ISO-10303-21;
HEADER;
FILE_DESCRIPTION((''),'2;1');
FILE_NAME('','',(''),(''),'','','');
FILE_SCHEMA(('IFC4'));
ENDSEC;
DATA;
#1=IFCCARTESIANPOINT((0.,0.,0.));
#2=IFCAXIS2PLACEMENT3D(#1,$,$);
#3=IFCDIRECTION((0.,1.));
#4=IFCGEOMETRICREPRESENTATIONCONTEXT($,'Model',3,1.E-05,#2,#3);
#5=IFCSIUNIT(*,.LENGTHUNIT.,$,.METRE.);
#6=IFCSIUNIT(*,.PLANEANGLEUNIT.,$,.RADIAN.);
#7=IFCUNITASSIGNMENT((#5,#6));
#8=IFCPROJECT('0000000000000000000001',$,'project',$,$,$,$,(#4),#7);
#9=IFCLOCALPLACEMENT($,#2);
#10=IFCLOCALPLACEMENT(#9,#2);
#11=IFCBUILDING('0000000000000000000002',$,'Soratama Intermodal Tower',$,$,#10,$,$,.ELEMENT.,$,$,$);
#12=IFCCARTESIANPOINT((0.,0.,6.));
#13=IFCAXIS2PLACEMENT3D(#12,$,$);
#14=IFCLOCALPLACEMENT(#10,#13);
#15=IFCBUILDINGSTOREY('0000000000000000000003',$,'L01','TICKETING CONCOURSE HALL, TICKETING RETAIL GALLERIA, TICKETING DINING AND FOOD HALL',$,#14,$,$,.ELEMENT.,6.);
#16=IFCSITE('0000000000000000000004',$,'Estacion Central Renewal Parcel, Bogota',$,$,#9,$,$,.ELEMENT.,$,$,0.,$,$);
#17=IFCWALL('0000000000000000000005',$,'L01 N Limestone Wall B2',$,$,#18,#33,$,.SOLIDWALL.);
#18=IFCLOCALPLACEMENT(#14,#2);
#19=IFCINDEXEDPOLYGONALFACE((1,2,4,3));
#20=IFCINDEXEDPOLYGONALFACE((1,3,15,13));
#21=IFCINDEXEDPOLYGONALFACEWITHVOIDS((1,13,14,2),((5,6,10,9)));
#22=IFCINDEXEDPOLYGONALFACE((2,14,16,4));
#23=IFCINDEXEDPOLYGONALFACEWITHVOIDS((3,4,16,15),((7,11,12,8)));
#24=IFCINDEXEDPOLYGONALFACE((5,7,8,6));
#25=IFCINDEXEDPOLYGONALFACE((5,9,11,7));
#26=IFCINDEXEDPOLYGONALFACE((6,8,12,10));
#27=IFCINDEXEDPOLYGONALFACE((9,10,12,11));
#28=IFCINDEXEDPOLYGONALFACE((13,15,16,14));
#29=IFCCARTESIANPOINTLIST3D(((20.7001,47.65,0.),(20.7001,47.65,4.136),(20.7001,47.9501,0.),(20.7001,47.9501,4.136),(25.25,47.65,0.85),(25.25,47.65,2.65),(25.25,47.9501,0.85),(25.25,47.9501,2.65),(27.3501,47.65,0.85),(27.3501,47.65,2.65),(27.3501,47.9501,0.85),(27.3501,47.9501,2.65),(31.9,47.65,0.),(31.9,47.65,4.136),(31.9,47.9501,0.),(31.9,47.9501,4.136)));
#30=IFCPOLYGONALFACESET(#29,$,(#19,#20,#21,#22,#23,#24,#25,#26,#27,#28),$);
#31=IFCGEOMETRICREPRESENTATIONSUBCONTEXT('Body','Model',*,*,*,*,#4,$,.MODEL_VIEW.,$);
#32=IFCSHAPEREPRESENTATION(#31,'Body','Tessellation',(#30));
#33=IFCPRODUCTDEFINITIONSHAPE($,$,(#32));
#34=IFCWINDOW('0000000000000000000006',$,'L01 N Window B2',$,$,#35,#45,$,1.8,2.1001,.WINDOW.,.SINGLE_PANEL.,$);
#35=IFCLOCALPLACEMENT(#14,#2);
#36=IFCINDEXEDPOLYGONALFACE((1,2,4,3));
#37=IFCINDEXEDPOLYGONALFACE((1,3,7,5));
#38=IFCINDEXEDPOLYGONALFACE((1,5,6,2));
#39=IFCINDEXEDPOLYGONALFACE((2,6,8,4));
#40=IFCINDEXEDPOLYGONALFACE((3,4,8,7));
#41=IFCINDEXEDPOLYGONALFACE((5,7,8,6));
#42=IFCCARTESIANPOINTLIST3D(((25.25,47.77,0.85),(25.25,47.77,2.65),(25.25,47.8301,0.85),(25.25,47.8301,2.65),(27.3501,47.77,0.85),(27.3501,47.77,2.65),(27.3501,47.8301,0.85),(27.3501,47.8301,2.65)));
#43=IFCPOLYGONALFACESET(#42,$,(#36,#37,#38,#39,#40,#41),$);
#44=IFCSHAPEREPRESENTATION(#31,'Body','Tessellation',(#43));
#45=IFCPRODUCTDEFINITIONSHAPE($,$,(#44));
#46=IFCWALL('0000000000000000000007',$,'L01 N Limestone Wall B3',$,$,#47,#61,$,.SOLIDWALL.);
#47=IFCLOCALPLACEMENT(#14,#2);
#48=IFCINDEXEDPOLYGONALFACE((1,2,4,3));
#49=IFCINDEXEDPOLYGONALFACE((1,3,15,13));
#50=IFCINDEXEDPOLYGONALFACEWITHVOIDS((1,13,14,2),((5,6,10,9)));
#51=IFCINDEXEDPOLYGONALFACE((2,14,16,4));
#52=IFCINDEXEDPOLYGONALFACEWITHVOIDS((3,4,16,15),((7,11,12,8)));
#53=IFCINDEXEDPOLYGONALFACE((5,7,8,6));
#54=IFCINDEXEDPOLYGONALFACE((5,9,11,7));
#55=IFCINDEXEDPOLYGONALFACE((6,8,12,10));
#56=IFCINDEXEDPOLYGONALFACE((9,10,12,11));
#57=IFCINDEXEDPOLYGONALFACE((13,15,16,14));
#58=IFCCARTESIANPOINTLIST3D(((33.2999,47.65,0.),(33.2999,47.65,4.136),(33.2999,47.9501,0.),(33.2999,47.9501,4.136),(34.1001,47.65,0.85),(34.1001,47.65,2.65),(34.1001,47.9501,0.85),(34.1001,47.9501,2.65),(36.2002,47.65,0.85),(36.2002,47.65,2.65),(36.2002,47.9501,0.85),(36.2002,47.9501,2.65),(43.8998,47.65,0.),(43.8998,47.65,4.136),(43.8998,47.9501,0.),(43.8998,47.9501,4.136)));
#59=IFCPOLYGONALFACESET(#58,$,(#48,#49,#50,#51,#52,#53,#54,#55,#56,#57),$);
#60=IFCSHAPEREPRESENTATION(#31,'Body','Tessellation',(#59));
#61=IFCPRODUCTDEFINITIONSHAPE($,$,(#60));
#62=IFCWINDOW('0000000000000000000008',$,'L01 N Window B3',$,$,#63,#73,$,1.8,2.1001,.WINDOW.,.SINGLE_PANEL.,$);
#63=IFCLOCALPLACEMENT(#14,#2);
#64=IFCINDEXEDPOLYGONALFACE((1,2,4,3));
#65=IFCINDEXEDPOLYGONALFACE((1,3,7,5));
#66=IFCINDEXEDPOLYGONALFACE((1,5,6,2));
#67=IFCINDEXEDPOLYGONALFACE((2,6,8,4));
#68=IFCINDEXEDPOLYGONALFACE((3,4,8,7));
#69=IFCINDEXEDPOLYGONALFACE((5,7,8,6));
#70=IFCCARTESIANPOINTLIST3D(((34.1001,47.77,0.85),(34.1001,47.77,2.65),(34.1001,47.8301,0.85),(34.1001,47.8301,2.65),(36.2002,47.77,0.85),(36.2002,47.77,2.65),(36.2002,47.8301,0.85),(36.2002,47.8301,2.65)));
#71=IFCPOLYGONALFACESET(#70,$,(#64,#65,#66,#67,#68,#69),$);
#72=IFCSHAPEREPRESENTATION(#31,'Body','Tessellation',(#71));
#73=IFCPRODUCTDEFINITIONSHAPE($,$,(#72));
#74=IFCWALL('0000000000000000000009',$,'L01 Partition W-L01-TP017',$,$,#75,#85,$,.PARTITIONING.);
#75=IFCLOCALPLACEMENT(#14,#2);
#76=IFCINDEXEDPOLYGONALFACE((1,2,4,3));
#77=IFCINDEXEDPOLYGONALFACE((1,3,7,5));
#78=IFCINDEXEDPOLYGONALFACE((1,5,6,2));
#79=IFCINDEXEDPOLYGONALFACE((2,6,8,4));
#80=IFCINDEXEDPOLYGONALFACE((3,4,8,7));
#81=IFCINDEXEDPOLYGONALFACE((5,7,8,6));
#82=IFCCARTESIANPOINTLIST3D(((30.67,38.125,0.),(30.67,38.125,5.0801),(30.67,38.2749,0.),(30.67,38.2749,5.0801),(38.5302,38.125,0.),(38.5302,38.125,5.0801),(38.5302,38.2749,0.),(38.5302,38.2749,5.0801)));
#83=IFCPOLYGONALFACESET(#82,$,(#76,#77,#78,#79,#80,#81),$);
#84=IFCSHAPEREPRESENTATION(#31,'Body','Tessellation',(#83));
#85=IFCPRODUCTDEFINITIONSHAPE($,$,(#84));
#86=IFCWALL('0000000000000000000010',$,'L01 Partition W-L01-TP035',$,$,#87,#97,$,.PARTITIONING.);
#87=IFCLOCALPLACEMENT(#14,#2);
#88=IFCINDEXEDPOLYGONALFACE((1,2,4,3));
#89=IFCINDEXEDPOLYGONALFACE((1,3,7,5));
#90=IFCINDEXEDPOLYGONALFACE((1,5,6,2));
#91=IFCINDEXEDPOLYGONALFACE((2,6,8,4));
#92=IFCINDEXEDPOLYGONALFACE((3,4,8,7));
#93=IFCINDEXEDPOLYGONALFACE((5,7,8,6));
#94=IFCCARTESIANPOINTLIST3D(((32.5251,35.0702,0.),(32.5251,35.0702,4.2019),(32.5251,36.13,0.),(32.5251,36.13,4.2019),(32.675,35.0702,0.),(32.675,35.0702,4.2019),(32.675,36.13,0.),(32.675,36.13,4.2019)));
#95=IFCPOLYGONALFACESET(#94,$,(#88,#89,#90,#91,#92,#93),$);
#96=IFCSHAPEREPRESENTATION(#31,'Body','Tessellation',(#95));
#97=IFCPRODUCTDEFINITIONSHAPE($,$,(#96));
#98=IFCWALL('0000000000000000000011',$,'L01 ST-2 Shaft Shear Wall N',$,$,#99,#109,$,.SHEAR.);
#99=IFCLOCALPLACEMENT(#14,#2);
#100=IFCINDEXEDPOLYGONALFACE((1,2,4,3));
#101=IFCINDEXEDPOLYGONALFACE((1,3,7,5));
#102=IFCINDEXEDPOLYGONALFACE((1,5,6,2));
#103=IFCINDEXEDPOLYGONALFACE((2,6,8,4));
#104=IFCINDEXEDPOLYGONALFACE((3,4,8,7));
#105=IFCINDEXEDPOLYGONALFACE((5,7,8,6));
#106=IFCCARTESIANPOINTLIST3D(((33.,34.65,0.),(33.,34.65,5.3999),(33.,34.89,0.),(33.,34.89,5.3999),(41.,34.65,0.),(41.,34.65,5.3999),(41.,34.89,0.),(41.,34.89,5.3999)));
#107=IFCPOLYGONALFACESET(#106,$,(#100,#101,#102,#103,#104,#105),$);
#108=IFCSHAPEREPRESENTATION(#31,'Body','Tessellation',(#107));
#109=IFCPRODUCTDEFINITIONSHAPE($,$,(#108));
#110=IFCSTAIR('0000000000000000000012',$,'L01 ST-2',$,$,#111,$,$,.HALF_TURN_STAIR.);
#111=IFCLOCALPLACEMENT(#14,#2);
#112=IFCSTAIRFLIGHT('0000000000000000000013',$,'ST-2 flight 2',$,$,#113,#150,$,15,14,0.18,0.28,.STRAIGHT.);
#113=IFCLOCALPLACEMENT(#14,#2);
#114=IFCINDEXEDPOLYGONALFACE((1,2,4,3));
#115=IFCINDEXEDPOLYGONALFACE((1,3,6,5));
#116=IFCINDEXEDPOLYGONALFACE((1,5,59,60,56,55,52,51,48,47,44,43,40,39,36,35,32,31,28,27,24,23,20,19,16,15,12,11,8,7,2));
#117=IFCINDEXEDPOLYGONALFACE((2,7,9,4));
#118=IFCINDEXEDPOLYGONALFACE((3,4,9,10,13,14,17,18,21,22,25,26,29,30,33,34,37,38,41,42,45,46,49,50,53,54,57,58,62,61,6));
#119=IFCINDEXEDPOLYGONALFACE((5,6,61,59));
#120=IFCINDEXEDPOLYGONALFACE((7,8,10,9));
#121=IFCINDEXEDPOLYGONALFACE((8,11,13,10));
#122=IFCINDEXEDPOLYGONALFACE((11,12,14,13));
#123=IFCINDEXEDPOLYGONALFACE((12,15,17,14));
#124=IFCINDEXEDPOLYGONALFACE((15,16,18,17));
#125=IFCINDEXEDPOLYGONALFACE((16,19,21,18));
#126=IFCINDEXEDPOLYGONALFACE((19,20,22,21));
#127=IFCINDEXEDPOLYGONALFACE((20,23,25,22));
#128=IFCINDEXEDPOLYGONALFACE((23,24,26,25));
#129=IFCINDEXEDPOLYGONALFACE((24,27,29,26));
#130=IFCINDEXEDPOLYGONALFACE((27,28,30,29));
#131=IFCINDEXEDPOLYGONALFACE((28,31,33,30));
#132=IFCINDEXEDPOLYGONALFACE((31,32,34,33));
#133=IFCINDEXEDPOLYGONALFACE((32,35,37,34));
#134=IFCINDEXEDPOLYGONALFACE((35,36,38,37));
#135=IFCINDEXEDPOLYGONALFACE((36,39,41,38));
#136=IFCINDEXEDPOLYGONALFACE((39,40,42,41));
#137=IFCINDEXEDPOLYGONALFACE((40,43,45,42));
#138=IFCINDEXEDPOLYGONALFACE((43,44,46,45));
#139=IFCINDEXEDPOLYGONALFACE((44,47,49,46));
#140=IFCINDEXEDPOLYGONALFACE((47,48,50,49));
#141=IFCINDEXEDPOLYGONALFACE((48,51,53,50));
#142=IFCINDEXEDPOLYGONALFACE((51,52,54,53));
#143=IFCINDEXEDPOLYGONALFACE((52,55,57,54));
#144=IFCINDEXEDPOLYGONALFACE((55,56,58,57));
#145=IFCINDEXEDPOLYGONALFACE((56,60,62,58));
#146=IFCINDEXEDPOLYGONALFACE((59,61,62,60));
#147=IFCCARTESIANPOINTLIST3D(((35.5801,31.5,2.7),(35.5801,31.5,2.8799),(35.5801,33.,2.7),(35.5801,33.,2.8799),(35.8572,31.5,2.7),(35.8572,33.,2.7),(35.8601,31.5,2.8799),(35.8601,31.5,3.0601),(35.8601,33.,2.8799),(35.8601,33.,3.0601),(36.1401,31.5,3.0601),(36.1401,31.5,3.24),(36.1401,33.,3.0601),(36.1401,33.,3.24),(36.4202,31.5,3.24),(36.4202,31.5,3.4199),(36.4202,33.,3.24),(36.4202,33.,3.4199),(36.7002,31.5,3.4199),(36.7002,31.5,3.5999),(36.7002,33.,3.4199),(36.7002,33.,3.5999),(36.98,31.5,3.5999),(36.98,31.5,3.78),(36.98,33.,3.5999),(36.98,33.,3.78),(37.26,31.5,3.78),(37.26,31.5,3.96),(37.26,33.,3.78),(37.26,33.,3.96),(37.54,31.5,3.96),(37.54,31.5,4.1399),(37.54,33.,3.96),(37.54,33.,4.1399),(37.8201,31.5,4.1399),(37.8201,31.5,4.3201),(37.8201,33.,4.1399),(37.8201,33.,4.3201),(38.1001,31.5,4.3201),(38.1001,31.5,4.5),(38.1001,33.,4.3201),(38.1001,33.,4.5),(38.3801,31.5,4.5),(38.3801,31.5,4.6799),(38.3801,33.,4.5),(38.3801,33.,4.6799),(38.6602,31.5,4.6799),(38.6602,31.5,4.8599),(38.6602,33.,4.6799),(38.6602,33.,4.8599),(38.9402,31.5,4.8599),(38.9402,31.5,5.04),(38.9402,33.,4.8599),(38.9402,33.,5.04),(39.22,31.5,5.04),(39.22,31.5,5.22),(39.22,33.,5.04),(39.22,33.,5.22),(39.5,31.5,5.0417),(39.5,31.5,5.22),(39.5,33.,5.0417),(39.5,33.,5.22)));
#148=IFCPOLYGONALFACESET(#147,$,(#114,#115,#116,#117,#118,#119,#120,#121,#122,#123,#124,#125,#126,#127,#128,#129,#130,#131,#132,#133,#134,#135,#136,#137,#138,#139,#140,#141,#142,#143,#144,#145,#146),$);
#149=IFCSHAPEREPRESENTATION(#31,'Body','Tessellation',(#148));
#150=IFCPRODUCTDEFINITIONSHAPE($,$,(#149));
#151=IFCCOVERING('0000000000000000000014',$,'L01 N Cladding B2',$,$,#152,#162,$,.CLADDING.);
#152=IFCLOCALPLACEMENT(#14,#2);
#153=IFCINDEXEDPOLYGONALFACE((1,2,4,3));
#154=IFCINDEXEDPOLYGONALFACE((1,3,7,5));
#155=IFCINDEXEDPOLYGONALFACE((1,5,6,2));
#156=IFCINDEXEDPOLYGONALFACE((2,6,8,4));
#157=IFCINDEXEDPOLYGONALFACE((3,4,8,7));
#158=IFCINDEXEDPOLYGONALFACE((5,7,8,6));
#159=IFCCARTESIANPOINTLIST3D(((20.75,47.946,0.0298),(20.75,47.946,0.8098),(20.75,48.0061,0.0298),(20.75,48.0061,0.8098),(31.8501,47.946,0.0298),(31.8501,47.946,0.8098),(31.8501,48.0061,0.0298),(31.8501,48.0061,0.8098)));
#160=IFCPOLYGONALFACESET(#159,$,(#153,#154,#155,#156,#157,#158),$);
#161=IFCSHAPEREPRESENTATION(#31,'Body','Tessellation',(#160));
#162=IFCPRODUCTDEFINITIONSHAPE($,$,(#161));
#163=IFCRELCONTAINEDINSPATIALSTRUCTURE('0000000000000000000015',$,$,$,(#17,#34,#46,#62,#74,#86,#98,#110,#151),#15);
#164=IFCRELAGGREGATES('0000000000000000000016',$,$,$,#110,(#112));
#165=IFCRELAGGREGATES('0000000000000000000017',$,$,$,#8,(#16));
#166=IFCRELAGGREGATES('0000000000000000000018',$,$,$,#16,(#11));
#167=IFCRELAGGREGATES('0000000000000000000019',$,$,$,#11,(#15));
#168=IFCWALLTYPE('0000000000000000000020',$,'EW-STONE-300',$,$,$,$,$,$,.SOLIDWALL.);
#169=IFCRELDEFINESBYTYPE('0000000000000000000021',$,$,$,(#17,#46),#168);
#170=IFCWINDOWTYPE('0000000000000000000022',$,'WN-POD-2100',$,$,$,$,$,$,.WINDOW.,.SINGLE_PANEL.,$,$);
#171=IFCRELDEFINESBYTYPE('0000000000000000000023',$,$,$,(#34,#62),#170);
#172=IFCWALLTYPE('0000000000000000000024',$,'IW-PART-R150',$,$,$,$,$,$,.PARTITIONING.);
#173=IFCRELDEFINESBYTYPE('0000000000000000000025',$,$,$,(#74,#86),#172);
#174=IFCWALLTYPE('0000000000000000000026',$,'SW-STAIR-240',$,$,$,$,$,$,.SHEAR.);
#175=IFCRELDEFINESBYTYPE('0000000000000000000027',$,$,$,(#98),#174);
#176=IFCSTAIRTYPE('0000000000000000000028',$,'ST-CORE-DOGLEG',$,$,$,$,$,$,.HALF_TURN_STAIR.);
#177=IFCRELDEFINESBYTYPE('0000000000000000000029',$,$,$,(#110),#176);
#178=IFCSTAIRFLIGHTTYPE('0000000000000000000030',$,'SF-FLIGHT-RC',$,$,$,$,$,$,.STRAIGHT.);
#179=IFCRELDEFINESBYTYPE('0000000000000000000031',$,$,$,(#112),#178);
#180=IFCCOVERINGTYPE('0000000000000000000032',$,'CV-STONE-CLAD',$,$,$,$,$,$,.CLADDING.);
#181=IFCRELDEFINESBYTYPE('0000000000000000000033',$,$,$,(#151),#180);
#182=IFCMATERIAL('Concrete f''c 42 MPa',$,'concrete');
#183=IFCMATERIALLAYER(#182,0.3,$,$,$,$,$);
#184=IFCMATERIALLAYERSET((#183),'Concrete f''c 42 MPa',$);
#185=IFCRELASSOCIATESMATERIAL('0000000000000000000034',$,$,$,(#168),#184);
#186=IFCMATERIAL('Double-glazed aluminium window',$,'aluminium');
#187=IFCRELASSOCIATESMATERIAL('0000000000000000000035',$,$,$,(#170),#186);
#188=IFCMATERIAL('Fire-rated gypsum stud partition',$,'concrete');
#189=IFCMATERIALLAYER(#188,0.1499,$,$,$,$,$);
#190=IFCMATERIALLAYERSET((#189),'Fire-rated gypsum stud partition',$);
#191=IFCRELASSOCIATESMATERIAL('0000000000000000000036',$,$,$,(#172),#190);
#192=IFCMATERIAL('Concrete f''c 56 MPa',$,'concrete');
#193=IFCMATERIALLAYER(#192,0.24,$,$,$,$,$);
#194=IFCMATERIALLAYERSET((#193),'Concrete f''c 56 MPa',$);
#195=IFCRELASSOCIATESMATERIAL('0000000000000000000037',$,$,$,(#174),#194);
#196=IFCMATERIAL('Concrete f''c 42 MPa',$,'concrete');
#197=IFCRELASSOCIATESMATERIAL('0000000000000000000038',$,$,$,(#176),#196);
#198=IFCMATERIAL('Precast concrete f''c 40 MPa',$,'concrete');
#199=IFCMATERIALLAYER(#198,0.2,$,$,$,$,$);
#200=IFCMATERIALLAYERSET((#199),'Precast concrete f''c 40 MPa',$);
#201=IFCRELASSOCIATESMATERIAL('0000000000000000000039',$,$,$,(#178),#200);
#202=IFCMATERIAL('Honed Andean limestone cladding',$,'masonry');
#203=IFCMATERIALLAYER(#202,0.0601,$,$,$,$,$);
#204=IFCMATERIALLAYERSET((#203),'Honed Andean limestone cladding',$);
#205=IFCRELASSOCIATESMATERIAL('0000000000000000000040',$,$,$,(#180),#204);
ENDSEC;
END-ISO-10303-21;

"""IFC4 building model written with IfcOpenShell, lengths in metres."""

from ifc_helpers import new_model, si_unit, direction, frame, frame_2d, origin, origin_2d, place, context, subcontext, project, spatial, polyline, rectangle, outline, extrude, material, layer, layer_set, type_object, element, fill, aggregate, save


model = new_model("IFC4")

# Units and contexts
model_context = context("Model", 3, precision=1e-05, world=origin(), true_north=direction((0.0, 1.0)))
body_context = subcontext(model_context, "Body", "Model", "MODEL_VIEW")
ifc_project = project(units=[si_unit("LENGTHUNIT", "METRE"), si_unit("PLANEANGLEUNIT", "RADIAN")], contexts=[model_context])

# Site, building, storey
site_placement = place(None, origin())
site = spatial("IfcSite", under=ifc_project, at=site_placement, Name="Estacion Central Renewal Parcel, Bogota", CompositionType="ELEMENT", RefElevation=0.0)
building_placement = place(site_placement, origin())
building = spatial("IfcBuilding", under=site, at=building_placement, Name="Soratama Intermodal Tower", CompositionType="ELEMENT")
storey_placement = place(building_placement, frame((0.0, 0.0, 6.0)))
storey = spatial("IfcBuildingStorey", under=building, at=storey_placement, Name="L01", Description="TICKETING CONCOURSE HALL, TICKETING RETAIL GALLERIA, TICKETING DINING AND FOOD HALL", CompositionType="ELEMENT", Elevation=6.0)

# Walls, openings, windows
ifc_material_1 = material(Name="Concrete f'c 42 MPa", Category="concrete")
ifc_layer_1 = layer(ifc_material_1, 0.3)
ifc_layer_set_1 = layer_set([ifc_layer_1], Name="Concrete f'c 42 MPa")
wall_type_1 = type_object("IfcWallType", Name="EW-STONE-300", PredefinedType="SOLIDWALL", material=ifc_layer_set_1)
wall_1_placement = place(storey_placement, frame((20.7, 47.8, 0.0), z_axis=(0.0, 0.0, 1.0), x_axis=(1.0, 0.0, 0.0)))
wall_1 = element("IfcWall", 1, at=wall_1_placement, inside=storey, type_object=wall_type_1, Name="L01 N Limestone Wall B2", PredefinedType="SOLIDWALL", context=body_context, shape_type="SweptSolid", body=[
    extrude(rectangle(XDim=11.2, YDim=0.3, at=frame_2d((5.6001, 0.0))), origin(), (0.0, 0.0, 1.0), 4.136),
])
opening_1_placement = place(wall_1_placement, frame((4.55, 0.0, 0.8501)))
opening_1 = element("IfcOpeningElement", 2, at=opening_1_placement, cuts=wall_1, PredefinedType="OPENING", context=body_context, shape_type="SweptSolid", body=[
    extrude(rectangle(XDim=2.1001, YDim=1.8, at=frame_2d((1.05, 0.8999))), frame((0.0, 0.1599, 0.0), z_axis=(0.0, -1.0, 0.0), x_axis=(1.0, 0.0, 0.0)), (0.0, 0.0, 1.0), 0.3201),
])
ifc_material_2 = material(Name="Double-glazed aluminium window", Category="aluminium")
window_type = type_object("IfcWindowType", Name="WN-POD-2100", PartitioningType="SINGLE_PANEL", PredefinedType="WINDOW", material=ifc_material_2)
window_1_placement = place(opening_1_placement, origin())
window_1 = element("IfcWindow", 3, at=window_1_placement, inside=storey, type_object=window_type, Name="L01 N Window B2", OverallHeight=1.8, OverallWidth=2.1001, PartitioningType="SINGLE_PANEL", PredefinedType="WINDOW", context=body_context, shape_type="SweptSolid", body=[
    extrude(rectangle(XDim=2.1001, YDim=1.8, at=frame_2d((1.05, 0.8999))), frame((0.0, 0.03, 0.0), z_axis=(0.0, -1.0, 0.0), x_axis=(1.0, 0.0, 0.0)), (0.0, 0.0, 1.0), 0.0601),
])
fill(opening_1, window_1)
wall_2_placement = place(storey_placement, frame((33.3, 47.8, 0.0), z_axis=(0.0, 0.0, 1.0), x_axis=(1.0, 0.0, 0.0)))
wall_2 = element("IfcWall", 4, at=wall_2_placement, inside=storey, type_object=wall_type_1, Name="L01 N Limestone Wall B3", PredefinedType="SOLIDWALL", context=body_context, shape_type="SweptSolid", body=[
    extrude(rectangle(XDim=10.5999, YDim=0.3, at=frame_2d((5.2998, 0.0))), origin(), (0.0, 0.0, 1.0), 4.136),
])
opening_2_placement = place(wall_2_placement, frame((0.8, 0.0, 0.8501)))
opening_2 = element("IfcOpeningElement", 5, at=opening_2_placement, cuts=wall_2, PredefinedType="OPENING", context=body_context, shape_type="SweptSolid", body=[
    extrude(rectangle(XDim=2.1001, YDim=1.8, at=frame_2d((1.05, 0.8999))), frame((0.0, 0.1599, 0.0), z_axis=(0.0, -1.0, 0.0), x_axis=(1.0, 0.0, 0.0)), (0.0, 0.0, 1.0), 0.3201),
])
window_2_placement = place(opening_2_placement, origin())
window_2 = element("IfcWindow", 6, at=window_2_placement, inside=storey, type_object=window_type, Name="L01 N Window B3", OverallHeight=1.8, OverallWidth=2.1001, PartitioningType="SINGLE_PANEL", PredefinedType="WINDOW", context=body_context, shape_type="SweptSolid", body=[
    extrude(rectangle(XDim=2.1001, YDim=1.8, at=frame_2d((1.05, 0.8999))), frame((0.0, 0.03, 0.0), z_axis=(0.0, -1.0, 0.0), x_axis=(1.0, 0.0, 0.0)), (0.0, 0.0, 1.0), 0.0601),
])
fill(opening_2, window_2)

# Walls
ifc_material_3 = material(Name="Fire-rated gypsum stud partition", Category="concrete")
ifc_layer_2 = layer(ifc_material_3, 0.1499)
ifc_layer_set_2 = layer_set([ifc_layer_2], Name="Fire-rated gypsum stud partition")
wall_type_2 = type_object("IfcWallType", Name="IW-PART-R150", PredefinedType="PARTITIONING", material=ifc_layer_set_2)
wall_3_placement = place(storey_placement, frame((30.6699, 38.2, 0.0), z_axis=(0.0, 0.0, 1.0), x_axis=(1.0, 0.0, 0.0)))
element("IfcWall", 7, at=wall_3_placement, inside=storey, type_object=wall_type_2, Name="L01 Partition W-L01-TP017", PredefinedType="PARTITIONING", context=body_context, shape_type="SweptSolid", body=[
    extrude(rectangle(XDim=7.8601, YDim=0.1499, at=frame_2d((3.9302, 0.0))), origin(), (0.0, 0.0, 1.0), 5.0801),
])
wall_4_placement = place(storey_placement, frame((32.6001, 36.1299, 0.0), z_axis=(0.0, 0.0, 1.0), x_axis=(0.0, -1.0, 0.0)))
element("IfcWall", 8, at=wall_4_placement, inside=storey, type_object=wall_type_2, Name="L01 Partition W-L01-TP035", PredefinedType="PARTITIONING", context=body_context, shape_type="SweptSolid", body=[
    extrude(rectangle(XDim=1.0598, YDim=0.1499, at=frame_2d((0.5298, 0.0))), origin(), (0.0, 0.0, 1.0), 4.2019),
])
ifc_material_4 = material(Name="Concrete f'c 56 MPa", Category="concrete")
ifc_layer_3 = layer(ifc_material_4, 0.24)
ifc_layer_set_3 = layer_set([ifc_layer_3], Name="Concrete f'c 56 MPa")
wall_type_3 = type_object("IfcWallType", Name="SW-STAIR-240", PredefinedType="SHEAR", material=ifc_layer_set_3)
wall_5_placement = place(storey_placement, frame((33.0, 34.77, 0.0), z_axis=(0.0, 0.0, 1.0), x_axis=(1.0, 0.0, 0.0)))
element("IfcWall", 9, at=wall_5_placement, inside=storey, type_object=wall_type_3, Name="L01 ST-2 Shaft Shear Wall N", PredefinedType="SHEAR", context=body_context, shape_type="SweptSolid", body=[
    extrude(rectangle(XDim=8.0, YDim=0.24, at=frame_2d((4.0, 0.0))), origin(), (0.0, 0.0, 1.0), 5.3999),
])

# Stair, stair flight
ifc_material_5 = material(Name="Concrete f'c 42 MPa", Category="concrete")
stair_type = type_object("IfcStairType", Name="ST-CORE-DOGLEG", PredefinedType="HALF_TURN_STAIR", material=ifc_material_5)
stair_placement = place(storey_placement, origin())
stair = element("IfcStair", 10, at=stair_placement, inside=storey, type_object=stair_type, Name="L01 ST-2", PredefinedType="HALF_TURN_STAIR")
ifc_material_6 = material(Name="Precast concrete f'c 40 MPa", Category="concrete")
ifc_layer_4 = layer(ifc_material_6, 0.2)
ifc_layer_set_4 = layer_set([ifc_layer_4], Name="Precast concrete f'c 40 MPa")
stair_flight_type = type_object("IfcStairFlightType", Name="SF-FLIGHT-RC", PredefinedType="STRAIGHT", material=ifc_layer_set_4)
stair_flight_placement = place(storey_placement, frame((35.5801, 32.25, 2.7), z_axis=(0.0, 0.0, 1.0), x_axis=(1.0, 0.0, 0.0)))
stair_flight = element("IfcStairFlight", 11, at=stair_flight_placement, type_object=stair_flight_type, Name="ST-2 flight 2", NumberOfRisers=15, NumberOfTreads=14, PredefinedType="STRAIGHT", RiserHeight=0.18, TreadLength=0.28, context=body_context, shape_type="SweptSolid", body=[
    extrude(outline(polyline([(0.0, 0.0), (0.0, 0.1799), (0.28, 0.1799), (0.28, 0.3601), (0.5601, 0.3601), (0.5601, 0.54), (0.8401, 0.54), (0.8401, 0.72), (1.1201, 0.72), (1.1201, 0.8999), (1.3999, 0.8999), (1.3999, 1.0801), (1.6799, 1.0801), (1.6799, 1.26), (1.96, 1.26), (1.96, 1.4399), (2.24, 1.4399), (2.24, 1.6201), (2.52, 1.6201), (2.52, 1.8), (2.8, 1.8), (2.8, 1.98), (3.0801, 1.98), (3.0801, 2.1599), (3.3601, 2.1599), (3.3601, 2.3401), (3.6399, 2.3401), (3.6399, 2.52), (3.9199, 2.52), (3.9199, 2.7), (3.9199, 2.3418), (0.2771, 0.0), (0.0, 0.0)])), frame((0.0, 0.75, 0.0), z_axis=(0.0, -1.0, 0.0), x_axis=(1.0, 0.0, 0.0)), (0.0, 0.0, 1.0), 1.5),
])
aggregate(stair, [stair_flight])

# Covering
ifc_material_7 = material(Name="Honed Andean limestone cladding", Category="masonry")
ifc_layer_5 = layer(ifc_material_7, 0.0601)
ifc_layer_set_5 = layer_set([ifc_layer_5], Name="Honed Andean limestone cladding")
covering_type = type_object("IfcCoveringType", Name="CV-STONE-CLAD", PredefinedType="CLADDING", material=ifc_layer_set_5)
covering_placement = place(storey_placement, frame((26.3, 47.9761, 0.0298), z_axis=(0.0, 0.0, 1.0), x_axis=(1.0, 0.0, 0.0)))
element("IfcCovering", 12, at=covering_placement, inside=storey, type_object=covering_type, Name="L01 N Cladding B2", PredefinedType="CLADDING", context=body_context, shape_type="SweptSolid", body=[
    extrude(rectangle(XDim=11.1001, YDim=0.0601, at=origin_2d()), origin(), (0.0, 0.0, 1.0), 0.78),
])

save(model, "model.ifc")
